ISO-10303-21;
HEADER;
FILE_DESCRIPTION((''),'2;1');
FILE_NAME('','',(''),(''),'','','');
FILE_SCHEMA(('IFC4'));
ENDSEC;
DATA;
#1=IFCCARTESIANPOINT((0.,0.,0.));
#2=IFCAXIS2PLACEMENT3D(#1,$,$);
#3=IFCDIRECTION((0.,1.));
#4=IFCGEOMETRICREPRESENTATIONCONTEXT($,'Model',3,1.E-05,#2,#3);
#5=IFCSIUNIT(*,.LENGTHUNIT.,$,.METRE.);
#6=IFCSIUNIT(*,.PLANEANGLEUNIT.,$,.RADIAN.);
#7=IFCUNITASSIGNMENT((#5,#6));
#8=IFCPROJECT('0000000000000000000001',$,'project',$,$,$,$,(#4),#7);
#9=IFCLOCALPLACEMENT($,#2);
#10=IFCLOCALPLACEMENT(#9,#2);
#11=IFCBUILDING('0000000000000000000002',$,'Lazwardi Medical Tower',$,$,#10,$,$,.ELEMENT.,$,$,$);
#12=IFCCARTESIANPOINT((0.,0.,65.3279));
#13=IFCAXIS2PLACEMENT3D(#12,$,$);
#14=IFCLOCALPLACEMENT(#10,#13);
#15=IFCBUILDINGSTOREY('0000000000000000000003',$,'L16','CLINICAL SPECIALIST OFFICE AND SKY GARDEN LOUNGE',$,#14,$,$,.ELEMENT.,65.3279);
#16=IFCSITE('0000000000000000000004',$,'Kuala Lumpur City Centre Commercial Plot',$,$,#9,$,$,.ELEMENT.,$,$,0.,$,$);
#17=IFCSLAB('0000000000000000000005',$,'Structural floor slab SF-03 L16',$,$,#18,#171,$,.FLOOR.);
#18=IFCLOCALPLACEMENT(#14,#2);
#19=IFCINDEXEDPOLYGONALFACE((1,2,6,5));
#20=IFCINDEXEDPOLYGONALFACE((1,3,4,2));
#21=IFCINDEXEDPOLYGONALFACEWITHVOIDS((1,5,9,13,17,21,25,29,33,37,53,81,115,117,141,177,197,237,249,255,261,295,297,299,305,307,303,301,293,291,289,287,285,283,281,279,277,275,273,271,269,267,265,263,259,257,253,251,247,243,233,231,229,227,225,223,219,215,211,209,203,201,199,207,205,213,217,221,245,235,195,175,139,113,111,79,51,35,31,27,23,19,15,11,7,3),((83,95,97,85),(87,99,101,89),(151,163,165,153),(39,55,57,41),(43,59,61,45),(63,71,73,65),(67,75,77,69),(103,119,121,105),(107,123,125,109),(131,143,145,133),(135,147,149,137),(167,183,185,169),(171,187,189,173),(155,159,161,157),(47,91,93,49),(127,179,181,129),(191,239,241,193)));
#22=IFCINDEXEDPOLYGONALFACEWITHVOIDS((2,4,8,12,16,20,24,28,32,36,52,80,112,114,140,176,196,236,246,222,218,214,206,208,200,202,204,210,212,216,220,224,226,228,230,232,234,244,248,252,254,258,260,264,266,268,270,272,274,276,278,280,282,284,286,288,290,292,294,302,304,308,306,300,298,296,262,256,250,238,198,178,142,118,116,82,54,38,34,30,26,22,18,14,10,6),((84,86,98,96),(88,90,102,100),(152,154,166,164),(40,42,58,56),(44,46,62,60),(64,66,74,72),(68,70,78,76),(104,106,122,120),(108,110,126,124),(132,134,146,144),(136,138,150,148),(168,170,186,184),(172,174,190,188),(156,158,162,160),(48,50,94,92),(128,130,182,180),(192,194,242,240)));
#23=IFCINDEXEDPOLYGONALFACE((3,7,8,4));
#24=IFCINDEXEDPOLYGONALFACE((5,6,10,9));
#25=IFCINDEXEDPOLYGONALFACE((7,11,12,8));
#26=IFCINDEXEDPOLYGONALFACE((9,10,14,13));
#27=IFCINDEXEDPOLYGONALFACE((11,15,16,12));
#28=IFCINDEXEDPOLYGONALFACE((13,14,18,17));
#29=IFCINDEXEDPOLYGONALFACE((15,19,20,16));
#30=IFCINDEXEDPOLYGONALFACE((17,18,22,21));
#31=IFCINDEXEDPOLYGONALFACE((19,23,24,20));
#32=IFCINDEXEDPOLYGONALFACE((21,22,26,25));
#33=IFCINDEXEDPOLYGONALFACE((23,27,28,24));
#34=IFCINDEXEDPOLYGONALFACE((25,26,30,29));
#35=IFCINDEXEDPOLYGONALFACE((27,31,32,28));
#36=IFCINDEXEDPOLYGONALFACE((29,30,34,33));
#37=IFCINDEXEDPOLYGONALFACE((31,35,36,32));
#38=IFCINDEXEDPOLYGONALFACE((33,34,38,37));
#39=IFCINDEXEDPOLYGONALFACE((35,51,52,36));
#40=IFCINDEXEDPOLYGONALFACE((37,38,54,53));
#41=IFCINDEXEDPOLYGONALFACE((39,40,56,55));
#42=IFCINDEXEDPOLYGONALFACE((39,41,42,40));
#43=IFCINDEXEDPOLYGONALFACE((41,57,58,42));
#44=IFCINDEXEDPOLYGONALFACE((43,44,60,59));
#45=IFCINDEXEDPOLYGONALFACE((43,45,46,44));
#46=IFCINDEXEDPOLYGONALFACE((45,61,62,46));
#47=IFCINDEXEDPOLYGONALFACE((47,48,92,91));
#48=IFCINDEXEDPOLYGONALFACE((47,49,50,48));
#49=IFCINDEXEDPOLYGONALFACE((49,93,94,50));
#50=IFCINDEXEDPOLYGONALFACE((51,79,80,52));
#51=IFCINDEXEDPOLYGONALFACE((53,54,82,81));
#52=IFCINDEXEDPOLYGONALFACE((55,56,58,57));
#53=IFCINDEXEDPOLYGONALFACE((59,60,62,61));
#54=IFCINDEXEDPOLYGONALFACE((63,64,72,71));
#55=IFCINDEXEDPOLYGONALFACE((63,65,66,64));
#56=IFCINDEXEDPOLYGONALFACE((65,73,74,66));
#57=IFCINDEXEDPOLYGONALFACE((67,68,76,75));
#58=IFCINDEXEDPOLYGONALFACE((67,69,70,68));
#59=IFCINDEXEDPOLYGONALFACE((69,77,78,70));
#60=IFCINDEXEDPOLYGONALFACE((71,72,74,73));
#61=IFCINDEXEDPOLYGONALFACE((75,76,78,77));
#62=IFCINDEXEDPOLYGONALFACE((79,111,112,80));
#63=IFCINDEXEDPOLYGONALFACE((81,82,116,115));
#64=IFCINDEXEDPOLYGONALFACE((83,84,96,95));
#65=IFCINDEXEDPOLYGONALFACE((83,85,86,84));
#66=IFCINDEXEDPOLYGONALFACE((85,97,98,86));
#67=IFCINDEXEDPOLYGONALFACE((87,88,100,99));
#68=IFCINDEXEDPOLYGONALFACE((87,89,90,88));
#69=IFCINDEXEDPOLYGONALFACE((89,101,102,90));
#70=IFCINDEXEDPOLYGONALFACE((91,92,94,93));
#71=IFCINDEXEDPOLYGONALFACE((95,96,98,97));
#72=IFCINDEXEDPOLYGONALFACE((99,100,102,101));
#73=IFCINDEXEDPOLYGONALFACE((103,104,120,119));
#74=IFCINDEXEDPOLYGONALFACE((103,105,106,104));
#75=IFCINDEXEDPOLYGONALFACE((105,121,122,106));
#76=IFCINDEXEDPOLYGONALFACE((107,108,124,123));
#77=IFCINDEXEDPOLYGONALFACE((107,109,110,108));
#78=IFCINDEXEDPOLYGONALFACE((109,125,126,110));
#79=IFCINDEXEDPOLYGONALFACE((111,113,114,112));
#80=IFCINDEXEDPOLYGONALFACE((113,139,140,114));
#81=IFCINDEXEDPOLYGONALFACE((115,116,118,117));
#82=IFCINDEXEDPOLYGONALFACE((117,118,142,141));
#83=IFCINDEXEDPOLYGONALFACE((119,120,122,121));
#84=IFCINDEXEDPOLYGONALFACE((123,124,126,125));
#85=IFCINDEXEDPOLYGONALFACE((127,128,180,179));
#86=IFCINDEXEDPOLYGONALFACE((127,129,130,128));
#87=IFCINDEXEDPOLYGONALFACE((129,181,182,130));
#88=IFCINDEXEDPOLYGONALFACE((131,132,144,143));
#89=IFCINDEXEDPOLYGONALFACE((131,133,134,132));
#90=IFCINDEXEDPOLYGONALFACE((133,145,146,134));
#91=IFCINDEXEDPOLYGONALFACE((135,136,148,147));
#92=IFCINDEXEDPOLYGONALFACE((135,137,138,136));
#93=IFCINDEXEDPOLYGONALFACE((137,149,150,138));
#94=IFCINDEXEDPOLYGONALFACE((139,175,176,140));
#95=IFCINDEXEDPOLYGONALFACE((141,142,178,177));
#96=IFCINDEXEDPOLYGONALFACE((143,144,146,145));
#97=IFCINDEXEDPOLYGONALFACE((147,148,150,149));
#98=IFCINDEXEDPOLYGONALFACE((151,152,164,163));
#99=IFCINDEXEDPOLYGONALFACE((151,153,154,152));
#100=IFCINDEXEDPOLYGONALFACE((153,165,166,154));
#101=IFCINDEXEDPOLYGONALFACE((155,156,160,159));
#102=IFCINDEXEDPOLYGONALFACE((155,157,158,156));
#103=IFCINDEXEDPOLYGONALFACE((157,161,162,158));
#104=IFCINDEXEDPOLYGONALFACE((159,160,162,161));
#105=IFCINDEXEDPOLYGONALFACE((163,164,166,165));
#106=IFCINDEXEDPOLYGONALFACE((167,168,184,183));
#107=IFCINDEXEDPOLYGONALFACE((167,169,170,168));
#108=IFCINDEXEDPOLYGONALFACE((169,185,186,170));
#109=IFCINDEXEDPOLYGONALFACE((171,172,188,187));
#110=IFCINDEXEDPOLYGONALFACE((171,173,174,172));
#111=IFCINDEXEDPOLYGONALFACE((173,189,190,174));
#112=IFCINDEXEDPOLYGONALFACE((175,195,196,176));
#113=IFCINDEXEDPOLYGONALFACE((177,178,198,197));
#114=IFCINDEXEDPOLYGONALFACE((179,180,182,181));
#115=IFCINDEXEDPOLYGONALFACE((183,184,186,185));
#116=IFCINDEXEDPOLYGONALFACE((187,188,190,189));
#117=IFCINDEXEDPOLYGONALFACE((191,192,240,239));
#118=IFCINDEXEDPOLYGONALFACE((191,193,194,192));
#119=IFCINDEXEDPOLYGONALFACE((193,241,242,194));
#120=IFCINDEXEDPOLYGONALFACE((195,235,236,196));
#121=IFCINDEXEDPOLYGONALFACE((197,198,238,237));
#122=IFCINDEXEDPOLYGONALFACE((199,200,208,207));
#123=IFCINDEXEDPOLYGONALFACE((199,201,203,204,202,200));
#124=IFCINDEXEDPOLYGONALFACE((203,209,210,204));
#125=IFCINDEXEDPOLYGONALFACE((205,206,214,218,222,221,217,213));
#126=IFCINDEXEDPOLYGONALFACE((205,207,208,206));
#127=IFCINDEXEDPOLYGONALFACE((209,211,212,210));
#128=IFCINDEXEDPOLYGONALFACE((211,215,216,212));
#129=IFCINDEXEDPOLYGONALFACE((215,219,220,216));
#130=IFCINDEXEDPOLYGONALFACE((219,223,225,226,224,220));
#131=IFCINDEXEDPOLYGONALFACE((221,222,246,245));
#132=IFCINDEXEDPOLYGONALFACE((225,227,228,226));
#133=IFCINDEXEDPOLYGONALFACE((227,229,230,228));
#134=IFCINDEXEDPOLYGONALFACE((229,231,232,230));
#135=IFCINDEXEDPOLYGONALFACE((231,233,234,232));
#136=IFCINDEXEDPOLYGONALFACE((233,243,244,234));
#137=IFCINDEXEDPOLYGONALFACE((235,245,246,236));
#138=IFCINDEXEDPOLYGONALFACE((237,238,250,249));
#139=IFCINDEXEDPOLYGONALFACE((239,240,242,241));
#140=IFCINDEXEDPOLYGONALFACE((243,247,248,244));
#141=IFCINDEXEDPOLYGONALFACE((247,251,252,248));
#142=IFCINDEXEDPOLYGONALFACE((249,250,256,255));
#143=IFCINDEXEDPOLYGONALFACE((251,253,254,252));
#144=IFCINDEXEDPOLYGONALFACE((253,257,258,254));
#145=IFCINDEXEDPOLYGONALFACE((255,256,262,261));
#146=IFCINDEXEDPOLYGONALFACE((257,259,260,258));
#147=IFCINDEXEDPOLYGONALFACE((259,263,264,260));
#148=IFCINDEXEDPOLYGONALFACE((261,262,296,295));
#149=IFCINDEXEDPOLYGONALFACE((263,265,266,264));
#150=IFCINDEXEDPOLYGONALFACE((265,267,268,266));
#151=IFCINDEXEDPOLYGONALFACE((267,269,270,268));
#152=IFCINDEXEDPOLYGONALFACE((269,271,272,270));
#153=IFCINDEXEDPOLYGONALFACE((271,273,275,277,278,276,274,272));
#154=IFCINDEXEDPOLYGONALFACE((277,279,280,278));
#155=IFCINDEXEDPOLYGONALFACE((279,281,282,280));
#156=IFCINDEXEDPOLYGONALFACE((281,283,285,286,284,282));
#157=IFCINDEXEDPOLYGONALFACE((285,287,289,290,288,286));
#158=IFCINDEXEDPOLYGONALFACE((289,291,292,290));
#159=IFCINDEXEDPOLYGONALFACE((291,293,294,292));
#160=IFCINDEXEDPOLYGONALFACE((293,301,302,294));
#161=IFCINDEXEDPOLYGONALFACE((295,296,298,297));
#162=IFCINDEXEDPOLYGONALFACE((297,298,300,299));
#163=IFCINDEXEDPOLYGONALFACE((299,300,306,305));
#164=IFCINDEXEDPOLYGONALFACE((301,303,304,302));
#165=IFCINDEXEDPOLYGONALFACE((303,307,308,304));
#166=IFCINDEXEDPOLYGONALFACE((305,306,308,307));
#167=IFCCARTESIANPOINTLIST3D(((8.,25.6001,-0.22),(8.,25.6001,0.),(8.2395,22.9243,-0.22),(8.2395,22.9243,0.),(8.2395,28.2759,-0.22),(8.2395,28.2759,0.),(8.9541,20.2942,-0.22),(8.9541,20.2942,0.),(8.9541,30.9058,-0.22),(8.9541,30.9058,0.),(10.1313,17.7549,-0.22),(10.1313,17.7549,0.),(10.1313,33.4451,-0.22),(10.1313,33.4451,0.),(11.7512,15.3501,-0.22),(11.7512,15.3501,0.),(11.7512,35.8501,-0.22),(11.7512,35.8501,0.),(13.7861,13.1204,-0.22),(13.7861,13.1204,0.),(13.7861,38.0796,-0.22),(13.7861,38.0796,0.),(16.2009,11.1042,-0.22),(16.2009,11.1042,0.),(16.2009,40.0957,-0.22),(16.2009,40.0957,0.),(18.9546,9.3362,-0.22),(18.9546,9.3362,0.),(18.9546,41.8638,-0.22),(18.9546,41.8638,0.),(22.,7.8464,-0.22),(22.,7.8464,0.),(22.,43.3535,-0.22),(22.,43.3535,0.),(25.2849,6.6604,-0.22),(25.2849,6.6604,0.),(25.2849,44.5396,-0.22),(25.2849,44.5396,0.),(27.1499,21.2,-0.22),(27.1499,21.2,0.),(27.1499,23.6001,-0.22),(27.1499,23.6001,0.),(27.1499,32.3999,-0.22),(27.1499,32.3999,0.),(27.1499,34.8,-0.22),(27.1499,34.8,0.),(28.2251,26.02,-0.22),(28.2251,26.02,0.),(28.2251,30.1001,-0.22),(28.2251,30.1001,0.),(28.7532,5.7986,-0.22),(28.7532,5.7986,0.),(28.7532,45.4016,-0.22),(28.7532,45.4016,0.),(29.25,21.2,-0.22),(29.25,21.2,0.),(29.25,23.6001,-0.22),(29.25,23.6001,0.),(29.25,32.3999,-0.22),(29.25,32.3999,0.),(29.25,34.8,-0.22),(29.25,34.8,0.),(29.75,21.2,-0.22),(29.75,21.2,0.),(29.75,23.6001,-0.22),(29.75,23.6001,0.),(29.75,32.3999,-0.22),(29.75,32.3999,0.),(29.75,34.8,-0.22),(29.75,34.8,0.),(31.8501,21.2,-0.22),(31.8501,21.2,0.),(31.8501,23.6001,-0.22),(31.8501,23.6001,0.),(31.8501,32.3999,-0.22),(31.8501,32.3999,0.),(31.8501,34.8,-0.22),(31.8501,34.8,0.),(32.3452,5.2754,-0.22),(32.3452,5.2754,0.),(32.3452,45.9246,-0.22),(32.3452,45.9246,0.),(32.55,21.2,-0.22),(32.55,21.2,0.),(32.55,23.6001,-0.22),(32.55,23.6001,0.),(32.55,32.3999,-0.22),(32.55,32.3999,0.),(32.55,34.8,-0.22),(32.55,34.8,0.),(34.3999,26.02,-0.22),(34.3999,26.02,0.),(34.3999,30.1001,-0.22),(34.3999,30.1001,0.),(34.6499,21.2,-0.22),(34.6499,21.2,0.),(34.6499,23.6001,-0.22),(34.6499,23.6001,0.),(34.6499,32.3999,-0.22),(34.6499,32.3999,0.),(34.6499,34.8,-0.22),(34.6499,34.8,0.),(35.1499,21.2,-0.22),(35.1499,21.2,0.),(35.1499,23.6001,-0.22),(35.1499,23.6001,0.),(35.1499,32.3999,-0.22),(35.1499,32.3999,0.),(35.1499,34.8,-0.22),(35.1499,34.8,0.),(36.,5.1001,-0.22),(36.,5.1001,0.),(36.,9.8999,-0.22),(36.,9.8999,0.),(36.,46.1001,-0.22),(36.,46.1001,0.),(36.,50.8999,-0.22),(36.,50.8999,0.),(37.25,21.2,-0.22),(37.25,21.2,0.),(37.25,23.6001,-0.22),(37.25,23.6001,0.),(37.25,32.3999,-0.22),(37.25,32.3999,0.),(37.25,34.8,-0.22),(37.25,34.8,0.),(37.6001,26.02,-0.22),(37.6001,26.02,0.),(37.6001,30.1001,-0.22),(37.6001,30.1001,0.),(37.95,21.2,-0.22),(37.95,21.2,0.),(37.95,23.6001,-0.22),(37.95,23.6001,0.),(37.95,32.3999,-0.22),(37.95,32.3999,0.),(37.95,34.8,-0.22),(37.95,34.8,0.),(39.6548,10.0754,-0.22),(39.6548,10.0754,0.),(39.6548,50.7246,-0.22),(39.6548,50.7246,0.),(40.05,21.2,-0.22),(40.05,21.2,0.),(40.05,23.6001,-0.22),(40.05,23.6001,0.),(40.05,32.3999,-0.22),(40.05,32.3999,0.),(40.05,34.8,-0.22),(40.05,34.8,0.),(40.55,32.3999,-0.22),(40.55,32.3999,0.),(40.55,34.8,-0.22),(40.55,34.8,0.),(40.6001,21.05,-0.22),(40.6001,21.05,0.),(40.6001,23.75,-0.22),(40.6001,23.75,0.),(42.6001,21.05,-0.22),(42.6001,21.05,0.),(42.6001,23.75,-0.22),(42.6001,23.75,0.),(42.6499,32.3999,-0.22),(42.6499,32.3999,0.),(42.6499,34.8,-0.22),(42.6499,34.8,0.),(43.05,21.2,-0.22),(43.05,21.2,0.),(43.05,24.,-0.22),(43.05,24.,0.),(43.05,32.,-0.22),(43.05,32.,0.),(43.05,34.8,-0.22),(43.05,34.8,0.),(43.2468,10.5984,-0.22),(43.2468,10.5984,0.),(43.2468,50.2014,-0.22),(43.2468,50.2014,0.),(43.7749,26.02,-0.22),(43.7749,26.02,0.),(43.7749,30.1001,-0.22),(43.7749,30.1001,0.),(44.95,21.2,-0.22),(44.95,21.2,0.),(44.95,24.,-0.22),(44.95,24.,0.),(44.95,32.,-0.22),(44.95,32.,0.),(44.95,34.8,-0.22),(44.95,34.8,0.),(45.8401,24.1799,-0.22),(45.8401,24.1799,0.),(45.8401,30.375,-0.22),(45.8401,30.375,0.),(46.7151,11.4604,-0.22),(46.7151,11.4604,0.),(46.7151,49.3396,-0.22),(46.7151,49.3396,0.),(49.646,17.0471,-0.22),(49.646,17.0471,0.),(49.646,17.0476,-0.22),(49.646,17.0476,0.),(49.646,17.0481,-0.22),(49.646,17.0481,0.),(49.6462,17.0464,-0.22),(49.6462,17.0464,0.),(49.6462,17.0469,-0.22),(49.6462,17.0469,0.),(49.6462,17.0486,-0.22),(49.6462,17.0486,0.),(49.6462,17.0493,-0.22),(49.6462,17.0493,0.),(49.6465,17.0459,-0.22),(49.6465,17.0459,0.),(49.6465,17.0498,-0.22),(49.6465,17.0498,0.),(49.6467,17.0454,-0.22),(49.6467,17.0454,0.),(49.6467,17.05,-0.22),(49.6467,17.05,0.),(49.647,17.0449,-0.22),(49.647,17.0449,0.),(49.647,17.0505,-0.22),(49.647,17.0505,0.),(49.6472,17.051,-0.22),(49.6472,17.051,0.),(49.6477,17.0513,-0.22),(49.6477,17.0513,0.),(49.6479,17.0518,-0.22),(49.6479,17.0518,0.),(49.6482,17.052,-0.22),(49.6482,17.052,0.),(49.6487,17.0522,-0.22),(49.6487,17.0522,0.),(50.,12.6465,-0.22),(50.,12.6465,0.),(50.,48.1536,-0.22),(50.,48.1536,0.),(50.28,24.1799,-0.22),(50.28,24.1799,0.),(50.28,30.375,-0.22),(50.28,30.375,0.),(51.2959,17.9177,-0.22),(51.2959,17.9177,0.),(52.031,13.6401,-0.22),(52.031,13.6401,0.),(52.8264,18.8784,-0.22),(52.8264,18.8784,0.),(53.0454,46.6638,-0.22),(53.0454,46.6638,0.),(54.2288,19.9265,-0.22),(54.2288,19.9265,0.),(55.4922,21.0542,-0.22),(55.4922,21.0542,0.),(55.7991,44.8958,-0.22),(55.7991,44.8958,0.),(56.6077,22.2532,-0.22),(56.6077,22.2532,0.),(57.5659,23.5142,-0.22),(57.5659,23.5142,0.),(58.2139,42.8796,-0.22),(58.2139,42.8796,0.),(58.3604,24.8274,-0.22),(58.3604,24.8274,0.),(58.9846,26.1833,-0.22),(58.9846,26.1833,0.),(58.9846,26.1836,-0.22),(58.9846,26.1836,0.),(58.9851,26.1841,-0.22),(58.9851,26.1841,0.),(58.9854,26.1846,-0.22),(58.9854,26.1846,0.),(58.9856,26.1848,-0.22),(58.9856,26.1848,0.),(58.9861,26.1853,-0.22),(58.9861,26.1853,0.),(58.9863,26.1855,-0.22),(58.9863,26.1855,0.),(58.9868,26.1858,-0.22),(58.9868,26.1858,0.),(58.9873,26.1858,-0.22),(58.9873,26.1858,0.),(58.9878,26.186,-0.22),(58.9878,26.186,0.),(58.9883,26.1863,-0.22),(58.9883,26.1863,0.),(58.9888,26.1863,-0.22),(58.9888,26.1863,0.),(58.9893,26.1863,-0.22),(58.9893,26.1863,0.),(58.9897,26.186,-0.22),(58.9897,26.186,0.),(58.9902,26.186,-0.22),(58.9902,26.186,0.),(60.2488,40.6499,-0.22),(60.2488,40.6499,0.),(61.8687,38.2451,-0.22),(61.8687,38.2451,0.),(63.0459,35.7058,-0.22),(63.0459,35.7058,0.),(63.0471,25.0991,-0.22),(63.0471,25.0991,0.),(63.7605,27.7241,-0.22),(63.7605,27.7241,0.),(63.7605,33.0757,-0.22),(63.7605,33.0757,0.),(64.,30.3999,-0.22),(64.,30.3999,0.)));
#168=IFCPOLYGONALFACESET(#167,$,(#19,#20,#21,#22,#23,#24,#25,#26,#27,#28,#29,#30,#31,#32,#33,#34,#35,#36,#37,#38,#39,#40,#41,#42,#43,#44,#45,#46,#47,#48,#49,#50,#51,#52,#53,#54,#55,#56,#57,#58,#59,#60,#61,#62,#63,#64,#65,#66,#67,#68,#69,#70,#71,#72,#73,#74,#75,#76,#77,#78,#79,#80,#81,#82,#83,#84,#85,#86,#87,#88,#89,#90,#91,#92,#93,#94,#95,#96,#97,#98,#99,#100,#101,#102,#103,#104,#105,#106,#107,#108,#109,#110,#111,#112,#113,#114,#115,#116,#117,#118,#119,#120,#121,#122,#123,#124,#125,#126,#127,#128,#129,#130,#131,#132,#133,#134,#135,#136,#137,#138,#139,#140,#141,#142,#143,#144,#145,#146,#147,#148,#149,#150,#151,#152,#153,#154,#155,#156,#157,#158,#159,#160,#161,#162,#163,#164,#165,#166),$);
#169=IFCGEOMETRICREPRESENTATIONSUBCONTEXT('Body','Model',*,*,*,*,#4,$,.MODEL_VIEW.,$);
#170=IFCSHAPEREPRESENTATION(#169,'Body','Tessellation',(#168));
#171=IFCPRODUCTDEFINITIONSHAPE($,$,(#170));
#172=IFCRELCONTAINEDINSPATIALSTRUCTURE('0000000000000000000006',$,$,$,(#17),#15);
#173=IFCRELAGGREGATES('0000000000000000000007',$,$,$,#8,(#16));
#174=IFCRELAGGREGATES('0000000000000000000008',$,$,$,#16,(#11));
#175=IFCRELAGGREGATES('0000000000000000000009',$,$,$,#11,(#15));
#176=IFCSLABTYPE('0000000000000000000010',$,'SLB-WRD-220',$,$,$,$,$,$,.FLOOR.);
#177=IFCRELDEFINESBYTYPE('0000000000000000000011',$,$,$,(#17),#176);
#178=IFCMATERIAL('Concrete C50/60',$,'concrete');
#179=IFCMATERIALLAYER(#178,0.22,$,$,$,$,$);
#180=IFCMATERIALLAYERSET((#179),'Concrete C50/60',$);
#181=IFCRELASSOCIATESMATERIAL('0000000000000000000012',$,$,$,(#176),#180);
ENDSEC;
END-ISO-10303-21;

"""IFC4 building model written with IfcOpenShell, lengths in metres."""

from ifc_helpers import new_model, si_unit, direction, frame, origin, place, context, subcontext, project, spatial, polyline, outline, extrude, material, layer, layer_set, type_object, element, save


model = new_model("IFC4")

# Units and contexts
model_context = context("Model", 3, precision=1e-05, world=origin(), true_north=direction((0.0, 1.0)))
body_context = subcontext(model_context, "Body", "Model", "MODEL_VIEW")
ifc_project = project(units=[si_unit("LENGTHUNIT", "METRE"), si_unit("PLANEANGLEUNIT", "RADIAN")], contexts=[model_context])

# Site, building, storey
site_placement = place(None, origin())
site = spatial("IfcSite", under=ifc_project, at=site_placement, Name="Kuala Lumpur City Centre Commercial Plot", CompositionType="ELEMENT", RefElevation=0.0)
building_placement = place(site_placement, origin())
building = spatial("IfcBuilding", under=site, at=building_placement, Name="Lazwardi Medical Tower", CompositionType="ELEMENT")
storey_placement = place(building_placement, frame((0.0, 0.0, 65.3279)))
storey = spatial("IfcBuildingStorey", under=building, at=storey_placement, Name="L16", Description="CLINICAL SPECIALIST OFFICE AND SKY GARDEN LOUNGE", CompositionType="ELEMENT", Elevation=65.3279)

# Slab
ifc_material_1 = material(Name="Concrete C50/60", Category="concrete")
ifc_layer_1 = layer(ifc_material_1, 0.22)
ifc_layer_set_1 = layer_set([ifc_layer_1], Name="Concrete C50/60")
slab_type_1 = type_object("IfcSlabType", Name="SLB-WRD-220", PredefinedType="FLOOR", material=ifc_layer_set_1)
slab_1_placement = place(storey_placement, frame((0.0, 0.0, -0.22)))
element("IfcSlab", 1, at=slab_1_placement, inside=storey, type_object=slab_type_1, Name="Structural floor slab SF-03 L16", PredefinedType="FLOOR", context=body_context, shape_type="SweptSolid", body=[
    extrude(outline(polyline([(8.2395, 22.9243), (8.9541, 20.2942), (10.1313, 17.7549), (11.7512, 15.3501), (13.7861, 13.1204), (16.2009, 11.1042), (18.9546, 9.3362), (22.0, 7.8464), (25.2849, 6.6604), (28.7532, 5.7986), (32.3452, 5.2754), (36.0, 5.1001), (36.0, 9.8999), (39.6548, 10.0754), (43.2468, 10.5984), (46.7151, 11.4604), (50.0, 12.6465), (52.031, 13.6401), (49.647, 17.0449), (49.6467, 17.0454), (49.6465, 17.0459), (49.6462, 17.0464), (49.6462, 17.0469), (49.646, 17.0471), (49.646, 17.0476), (49.646, 17.0481), (49.6462, 17.0486), (49.6462, 17.0493), (49.6465, 17.0498), (49.6467, 17.05), (49.647, 17.0505), (49.6472, 17.051), (49.6477, 17.0513), (49.6479, 17.0518), (49.6482, 17.052), (49.6487, 17.0522), (51.2959, 17.9177), (52.8264, 18.8784), (54.2288, 19.9265), (55.4922, 21.0542), (56.6077, 22.2532), (57.5659, 23.5142), (58.3604, 24.8274), (58.9846, 26.1833), (58.9846, 26.1836), (58.9851, 26.1841), (58.9854, 26.1846), (58.9856, 26.1848), (58.9861, 26.1853), (58.9863, 26.1855), (58.9868, 26.1858), (58.9873, 26.1858), (58.9878, 26.186), (58.9883, 26.1863), (58.9888, 26.1863), (58.9893, 26.1863), (58.9897, 26.186), (58.9902, 26.186), (63.0471, 25.0991), (63.0471, 25.0991), (63.7605, 27.7241), (64.0, 30.3999), (63.7605, 33.0757), (63.0459, 35.7058), (61.8687, 38.2451), (60.2488, 40.6499), (58.2139, 42.8796), (55.7991, 44.8958), (53.0454, 46.6638), (50.0, 48.1536), (46.7151, 49.3396), (43.2468, 50.2014), (39.6548, 50.7246), (36.0, 50.8999), (36.0, 46.1001), (32.3452, 45.9246), (28.7532, 45.4016), (25.2849, 44.5396), (22.0, 43.3535), (18.9546, 41.8638), (16.2009, 40.0957), (13.7861, 38.0796), (11.7512, 35.8501), (10.1313, 33.4451), (8.9541, 30.9058), (8.2395, 28.2759), (8.0, 25.6001), (8.2395, 22.9243)]), holes=[polyline([(28.2251, 26.02), (28.2251, 30.1001), (34.3999, 30.1001), (34.3999, 26.02), (28.2251, 26.02)]), polyline([(37.6001, 30.1001), (43.7749, 30.1001), (43.7749, 26.02), (37.6001, 26.02), (37.6001, 30.1001)]), polyline([(50.28, 30.375), (50.28, 24.1799), (45.8401, 24.1799), (45.8401, 30.375), (50.28, 30.375)]), polyline([(29.25, 32.3999), (27.1499, 32.3999), (27.1499, 34.8), (29.25, 34.8), (29.25, 32.3999)]), polyline([(29.75, 32.3999), (29.75, 34.8), (31.8501, 34.8), (31.8501, 32.3999), (29.75, 32.3999)]), polyline([(27.1499, 23.6001), (29.25, 23.6001), (29.25, 21.2), (27.1499, 21.2), (27.1499, 23.6001)]), polyline([(31.8501, 23.6001), (31.8501, 21.2), (29.75, 21.2), (29.75, 23.6001), (31.8501, 23.6001)]), polyline([(34.6499, 32.3999), (32.55, 32.3999), (32.55, 34.8), (34.6499, 34.8), (34.6499, 32.3999)]), polyline([(35.1499, 32.3999), (35.1499, 34.8), (37.25, 34.8), (37.25, 32.3999), (35.1499, 32.3999)]), polyline([(32.55, 23.6001), (34.6499, 23.6001), (34.6499, 21.2), (32.55, 21.2), (32.55, 23.6001)]), polyline([(37.25, 23.6001), (37.25, 21.2), (35.1499, 21.2), (35.1499, 23.6001), (37.25, 23.6001)]), polyline([(40.05, 32.3999), (37.95, 32.3999), (37.95, 34.8), (40.05, 34.8), (40.05, 32.3999)]), polyline([(40.55, 32.3999), (40.55, 34.8), (42.6499, 34.8), (42.6499, 32.3999), (40.55, 32.3999)]), polyline([(37.95, 23.6001), (40.05, 23.6001), (40.05, 21.2), (37.95, 21.2), (37.95, 23.6001)]), polyline([(44.95, 34.8), (44.95, 32.0), (43.05, 32.0), (43.05, 34.8), (44.95, 34.8)]), polyline([(44.95, 21.2), (43.05, 21.2), (43.05, 24.0), (44.95, 24.0), (44.95, 21.2)]), polyline([(40.6001, 21.05), (40.6001, 23.75), (42.6001, 23.75), (42.6001, 21.05), (40.6001, 21.05)])]), origin(), (0.0, 0.0, 1.0), 0.22),
])

save(model, "model.ifc")
